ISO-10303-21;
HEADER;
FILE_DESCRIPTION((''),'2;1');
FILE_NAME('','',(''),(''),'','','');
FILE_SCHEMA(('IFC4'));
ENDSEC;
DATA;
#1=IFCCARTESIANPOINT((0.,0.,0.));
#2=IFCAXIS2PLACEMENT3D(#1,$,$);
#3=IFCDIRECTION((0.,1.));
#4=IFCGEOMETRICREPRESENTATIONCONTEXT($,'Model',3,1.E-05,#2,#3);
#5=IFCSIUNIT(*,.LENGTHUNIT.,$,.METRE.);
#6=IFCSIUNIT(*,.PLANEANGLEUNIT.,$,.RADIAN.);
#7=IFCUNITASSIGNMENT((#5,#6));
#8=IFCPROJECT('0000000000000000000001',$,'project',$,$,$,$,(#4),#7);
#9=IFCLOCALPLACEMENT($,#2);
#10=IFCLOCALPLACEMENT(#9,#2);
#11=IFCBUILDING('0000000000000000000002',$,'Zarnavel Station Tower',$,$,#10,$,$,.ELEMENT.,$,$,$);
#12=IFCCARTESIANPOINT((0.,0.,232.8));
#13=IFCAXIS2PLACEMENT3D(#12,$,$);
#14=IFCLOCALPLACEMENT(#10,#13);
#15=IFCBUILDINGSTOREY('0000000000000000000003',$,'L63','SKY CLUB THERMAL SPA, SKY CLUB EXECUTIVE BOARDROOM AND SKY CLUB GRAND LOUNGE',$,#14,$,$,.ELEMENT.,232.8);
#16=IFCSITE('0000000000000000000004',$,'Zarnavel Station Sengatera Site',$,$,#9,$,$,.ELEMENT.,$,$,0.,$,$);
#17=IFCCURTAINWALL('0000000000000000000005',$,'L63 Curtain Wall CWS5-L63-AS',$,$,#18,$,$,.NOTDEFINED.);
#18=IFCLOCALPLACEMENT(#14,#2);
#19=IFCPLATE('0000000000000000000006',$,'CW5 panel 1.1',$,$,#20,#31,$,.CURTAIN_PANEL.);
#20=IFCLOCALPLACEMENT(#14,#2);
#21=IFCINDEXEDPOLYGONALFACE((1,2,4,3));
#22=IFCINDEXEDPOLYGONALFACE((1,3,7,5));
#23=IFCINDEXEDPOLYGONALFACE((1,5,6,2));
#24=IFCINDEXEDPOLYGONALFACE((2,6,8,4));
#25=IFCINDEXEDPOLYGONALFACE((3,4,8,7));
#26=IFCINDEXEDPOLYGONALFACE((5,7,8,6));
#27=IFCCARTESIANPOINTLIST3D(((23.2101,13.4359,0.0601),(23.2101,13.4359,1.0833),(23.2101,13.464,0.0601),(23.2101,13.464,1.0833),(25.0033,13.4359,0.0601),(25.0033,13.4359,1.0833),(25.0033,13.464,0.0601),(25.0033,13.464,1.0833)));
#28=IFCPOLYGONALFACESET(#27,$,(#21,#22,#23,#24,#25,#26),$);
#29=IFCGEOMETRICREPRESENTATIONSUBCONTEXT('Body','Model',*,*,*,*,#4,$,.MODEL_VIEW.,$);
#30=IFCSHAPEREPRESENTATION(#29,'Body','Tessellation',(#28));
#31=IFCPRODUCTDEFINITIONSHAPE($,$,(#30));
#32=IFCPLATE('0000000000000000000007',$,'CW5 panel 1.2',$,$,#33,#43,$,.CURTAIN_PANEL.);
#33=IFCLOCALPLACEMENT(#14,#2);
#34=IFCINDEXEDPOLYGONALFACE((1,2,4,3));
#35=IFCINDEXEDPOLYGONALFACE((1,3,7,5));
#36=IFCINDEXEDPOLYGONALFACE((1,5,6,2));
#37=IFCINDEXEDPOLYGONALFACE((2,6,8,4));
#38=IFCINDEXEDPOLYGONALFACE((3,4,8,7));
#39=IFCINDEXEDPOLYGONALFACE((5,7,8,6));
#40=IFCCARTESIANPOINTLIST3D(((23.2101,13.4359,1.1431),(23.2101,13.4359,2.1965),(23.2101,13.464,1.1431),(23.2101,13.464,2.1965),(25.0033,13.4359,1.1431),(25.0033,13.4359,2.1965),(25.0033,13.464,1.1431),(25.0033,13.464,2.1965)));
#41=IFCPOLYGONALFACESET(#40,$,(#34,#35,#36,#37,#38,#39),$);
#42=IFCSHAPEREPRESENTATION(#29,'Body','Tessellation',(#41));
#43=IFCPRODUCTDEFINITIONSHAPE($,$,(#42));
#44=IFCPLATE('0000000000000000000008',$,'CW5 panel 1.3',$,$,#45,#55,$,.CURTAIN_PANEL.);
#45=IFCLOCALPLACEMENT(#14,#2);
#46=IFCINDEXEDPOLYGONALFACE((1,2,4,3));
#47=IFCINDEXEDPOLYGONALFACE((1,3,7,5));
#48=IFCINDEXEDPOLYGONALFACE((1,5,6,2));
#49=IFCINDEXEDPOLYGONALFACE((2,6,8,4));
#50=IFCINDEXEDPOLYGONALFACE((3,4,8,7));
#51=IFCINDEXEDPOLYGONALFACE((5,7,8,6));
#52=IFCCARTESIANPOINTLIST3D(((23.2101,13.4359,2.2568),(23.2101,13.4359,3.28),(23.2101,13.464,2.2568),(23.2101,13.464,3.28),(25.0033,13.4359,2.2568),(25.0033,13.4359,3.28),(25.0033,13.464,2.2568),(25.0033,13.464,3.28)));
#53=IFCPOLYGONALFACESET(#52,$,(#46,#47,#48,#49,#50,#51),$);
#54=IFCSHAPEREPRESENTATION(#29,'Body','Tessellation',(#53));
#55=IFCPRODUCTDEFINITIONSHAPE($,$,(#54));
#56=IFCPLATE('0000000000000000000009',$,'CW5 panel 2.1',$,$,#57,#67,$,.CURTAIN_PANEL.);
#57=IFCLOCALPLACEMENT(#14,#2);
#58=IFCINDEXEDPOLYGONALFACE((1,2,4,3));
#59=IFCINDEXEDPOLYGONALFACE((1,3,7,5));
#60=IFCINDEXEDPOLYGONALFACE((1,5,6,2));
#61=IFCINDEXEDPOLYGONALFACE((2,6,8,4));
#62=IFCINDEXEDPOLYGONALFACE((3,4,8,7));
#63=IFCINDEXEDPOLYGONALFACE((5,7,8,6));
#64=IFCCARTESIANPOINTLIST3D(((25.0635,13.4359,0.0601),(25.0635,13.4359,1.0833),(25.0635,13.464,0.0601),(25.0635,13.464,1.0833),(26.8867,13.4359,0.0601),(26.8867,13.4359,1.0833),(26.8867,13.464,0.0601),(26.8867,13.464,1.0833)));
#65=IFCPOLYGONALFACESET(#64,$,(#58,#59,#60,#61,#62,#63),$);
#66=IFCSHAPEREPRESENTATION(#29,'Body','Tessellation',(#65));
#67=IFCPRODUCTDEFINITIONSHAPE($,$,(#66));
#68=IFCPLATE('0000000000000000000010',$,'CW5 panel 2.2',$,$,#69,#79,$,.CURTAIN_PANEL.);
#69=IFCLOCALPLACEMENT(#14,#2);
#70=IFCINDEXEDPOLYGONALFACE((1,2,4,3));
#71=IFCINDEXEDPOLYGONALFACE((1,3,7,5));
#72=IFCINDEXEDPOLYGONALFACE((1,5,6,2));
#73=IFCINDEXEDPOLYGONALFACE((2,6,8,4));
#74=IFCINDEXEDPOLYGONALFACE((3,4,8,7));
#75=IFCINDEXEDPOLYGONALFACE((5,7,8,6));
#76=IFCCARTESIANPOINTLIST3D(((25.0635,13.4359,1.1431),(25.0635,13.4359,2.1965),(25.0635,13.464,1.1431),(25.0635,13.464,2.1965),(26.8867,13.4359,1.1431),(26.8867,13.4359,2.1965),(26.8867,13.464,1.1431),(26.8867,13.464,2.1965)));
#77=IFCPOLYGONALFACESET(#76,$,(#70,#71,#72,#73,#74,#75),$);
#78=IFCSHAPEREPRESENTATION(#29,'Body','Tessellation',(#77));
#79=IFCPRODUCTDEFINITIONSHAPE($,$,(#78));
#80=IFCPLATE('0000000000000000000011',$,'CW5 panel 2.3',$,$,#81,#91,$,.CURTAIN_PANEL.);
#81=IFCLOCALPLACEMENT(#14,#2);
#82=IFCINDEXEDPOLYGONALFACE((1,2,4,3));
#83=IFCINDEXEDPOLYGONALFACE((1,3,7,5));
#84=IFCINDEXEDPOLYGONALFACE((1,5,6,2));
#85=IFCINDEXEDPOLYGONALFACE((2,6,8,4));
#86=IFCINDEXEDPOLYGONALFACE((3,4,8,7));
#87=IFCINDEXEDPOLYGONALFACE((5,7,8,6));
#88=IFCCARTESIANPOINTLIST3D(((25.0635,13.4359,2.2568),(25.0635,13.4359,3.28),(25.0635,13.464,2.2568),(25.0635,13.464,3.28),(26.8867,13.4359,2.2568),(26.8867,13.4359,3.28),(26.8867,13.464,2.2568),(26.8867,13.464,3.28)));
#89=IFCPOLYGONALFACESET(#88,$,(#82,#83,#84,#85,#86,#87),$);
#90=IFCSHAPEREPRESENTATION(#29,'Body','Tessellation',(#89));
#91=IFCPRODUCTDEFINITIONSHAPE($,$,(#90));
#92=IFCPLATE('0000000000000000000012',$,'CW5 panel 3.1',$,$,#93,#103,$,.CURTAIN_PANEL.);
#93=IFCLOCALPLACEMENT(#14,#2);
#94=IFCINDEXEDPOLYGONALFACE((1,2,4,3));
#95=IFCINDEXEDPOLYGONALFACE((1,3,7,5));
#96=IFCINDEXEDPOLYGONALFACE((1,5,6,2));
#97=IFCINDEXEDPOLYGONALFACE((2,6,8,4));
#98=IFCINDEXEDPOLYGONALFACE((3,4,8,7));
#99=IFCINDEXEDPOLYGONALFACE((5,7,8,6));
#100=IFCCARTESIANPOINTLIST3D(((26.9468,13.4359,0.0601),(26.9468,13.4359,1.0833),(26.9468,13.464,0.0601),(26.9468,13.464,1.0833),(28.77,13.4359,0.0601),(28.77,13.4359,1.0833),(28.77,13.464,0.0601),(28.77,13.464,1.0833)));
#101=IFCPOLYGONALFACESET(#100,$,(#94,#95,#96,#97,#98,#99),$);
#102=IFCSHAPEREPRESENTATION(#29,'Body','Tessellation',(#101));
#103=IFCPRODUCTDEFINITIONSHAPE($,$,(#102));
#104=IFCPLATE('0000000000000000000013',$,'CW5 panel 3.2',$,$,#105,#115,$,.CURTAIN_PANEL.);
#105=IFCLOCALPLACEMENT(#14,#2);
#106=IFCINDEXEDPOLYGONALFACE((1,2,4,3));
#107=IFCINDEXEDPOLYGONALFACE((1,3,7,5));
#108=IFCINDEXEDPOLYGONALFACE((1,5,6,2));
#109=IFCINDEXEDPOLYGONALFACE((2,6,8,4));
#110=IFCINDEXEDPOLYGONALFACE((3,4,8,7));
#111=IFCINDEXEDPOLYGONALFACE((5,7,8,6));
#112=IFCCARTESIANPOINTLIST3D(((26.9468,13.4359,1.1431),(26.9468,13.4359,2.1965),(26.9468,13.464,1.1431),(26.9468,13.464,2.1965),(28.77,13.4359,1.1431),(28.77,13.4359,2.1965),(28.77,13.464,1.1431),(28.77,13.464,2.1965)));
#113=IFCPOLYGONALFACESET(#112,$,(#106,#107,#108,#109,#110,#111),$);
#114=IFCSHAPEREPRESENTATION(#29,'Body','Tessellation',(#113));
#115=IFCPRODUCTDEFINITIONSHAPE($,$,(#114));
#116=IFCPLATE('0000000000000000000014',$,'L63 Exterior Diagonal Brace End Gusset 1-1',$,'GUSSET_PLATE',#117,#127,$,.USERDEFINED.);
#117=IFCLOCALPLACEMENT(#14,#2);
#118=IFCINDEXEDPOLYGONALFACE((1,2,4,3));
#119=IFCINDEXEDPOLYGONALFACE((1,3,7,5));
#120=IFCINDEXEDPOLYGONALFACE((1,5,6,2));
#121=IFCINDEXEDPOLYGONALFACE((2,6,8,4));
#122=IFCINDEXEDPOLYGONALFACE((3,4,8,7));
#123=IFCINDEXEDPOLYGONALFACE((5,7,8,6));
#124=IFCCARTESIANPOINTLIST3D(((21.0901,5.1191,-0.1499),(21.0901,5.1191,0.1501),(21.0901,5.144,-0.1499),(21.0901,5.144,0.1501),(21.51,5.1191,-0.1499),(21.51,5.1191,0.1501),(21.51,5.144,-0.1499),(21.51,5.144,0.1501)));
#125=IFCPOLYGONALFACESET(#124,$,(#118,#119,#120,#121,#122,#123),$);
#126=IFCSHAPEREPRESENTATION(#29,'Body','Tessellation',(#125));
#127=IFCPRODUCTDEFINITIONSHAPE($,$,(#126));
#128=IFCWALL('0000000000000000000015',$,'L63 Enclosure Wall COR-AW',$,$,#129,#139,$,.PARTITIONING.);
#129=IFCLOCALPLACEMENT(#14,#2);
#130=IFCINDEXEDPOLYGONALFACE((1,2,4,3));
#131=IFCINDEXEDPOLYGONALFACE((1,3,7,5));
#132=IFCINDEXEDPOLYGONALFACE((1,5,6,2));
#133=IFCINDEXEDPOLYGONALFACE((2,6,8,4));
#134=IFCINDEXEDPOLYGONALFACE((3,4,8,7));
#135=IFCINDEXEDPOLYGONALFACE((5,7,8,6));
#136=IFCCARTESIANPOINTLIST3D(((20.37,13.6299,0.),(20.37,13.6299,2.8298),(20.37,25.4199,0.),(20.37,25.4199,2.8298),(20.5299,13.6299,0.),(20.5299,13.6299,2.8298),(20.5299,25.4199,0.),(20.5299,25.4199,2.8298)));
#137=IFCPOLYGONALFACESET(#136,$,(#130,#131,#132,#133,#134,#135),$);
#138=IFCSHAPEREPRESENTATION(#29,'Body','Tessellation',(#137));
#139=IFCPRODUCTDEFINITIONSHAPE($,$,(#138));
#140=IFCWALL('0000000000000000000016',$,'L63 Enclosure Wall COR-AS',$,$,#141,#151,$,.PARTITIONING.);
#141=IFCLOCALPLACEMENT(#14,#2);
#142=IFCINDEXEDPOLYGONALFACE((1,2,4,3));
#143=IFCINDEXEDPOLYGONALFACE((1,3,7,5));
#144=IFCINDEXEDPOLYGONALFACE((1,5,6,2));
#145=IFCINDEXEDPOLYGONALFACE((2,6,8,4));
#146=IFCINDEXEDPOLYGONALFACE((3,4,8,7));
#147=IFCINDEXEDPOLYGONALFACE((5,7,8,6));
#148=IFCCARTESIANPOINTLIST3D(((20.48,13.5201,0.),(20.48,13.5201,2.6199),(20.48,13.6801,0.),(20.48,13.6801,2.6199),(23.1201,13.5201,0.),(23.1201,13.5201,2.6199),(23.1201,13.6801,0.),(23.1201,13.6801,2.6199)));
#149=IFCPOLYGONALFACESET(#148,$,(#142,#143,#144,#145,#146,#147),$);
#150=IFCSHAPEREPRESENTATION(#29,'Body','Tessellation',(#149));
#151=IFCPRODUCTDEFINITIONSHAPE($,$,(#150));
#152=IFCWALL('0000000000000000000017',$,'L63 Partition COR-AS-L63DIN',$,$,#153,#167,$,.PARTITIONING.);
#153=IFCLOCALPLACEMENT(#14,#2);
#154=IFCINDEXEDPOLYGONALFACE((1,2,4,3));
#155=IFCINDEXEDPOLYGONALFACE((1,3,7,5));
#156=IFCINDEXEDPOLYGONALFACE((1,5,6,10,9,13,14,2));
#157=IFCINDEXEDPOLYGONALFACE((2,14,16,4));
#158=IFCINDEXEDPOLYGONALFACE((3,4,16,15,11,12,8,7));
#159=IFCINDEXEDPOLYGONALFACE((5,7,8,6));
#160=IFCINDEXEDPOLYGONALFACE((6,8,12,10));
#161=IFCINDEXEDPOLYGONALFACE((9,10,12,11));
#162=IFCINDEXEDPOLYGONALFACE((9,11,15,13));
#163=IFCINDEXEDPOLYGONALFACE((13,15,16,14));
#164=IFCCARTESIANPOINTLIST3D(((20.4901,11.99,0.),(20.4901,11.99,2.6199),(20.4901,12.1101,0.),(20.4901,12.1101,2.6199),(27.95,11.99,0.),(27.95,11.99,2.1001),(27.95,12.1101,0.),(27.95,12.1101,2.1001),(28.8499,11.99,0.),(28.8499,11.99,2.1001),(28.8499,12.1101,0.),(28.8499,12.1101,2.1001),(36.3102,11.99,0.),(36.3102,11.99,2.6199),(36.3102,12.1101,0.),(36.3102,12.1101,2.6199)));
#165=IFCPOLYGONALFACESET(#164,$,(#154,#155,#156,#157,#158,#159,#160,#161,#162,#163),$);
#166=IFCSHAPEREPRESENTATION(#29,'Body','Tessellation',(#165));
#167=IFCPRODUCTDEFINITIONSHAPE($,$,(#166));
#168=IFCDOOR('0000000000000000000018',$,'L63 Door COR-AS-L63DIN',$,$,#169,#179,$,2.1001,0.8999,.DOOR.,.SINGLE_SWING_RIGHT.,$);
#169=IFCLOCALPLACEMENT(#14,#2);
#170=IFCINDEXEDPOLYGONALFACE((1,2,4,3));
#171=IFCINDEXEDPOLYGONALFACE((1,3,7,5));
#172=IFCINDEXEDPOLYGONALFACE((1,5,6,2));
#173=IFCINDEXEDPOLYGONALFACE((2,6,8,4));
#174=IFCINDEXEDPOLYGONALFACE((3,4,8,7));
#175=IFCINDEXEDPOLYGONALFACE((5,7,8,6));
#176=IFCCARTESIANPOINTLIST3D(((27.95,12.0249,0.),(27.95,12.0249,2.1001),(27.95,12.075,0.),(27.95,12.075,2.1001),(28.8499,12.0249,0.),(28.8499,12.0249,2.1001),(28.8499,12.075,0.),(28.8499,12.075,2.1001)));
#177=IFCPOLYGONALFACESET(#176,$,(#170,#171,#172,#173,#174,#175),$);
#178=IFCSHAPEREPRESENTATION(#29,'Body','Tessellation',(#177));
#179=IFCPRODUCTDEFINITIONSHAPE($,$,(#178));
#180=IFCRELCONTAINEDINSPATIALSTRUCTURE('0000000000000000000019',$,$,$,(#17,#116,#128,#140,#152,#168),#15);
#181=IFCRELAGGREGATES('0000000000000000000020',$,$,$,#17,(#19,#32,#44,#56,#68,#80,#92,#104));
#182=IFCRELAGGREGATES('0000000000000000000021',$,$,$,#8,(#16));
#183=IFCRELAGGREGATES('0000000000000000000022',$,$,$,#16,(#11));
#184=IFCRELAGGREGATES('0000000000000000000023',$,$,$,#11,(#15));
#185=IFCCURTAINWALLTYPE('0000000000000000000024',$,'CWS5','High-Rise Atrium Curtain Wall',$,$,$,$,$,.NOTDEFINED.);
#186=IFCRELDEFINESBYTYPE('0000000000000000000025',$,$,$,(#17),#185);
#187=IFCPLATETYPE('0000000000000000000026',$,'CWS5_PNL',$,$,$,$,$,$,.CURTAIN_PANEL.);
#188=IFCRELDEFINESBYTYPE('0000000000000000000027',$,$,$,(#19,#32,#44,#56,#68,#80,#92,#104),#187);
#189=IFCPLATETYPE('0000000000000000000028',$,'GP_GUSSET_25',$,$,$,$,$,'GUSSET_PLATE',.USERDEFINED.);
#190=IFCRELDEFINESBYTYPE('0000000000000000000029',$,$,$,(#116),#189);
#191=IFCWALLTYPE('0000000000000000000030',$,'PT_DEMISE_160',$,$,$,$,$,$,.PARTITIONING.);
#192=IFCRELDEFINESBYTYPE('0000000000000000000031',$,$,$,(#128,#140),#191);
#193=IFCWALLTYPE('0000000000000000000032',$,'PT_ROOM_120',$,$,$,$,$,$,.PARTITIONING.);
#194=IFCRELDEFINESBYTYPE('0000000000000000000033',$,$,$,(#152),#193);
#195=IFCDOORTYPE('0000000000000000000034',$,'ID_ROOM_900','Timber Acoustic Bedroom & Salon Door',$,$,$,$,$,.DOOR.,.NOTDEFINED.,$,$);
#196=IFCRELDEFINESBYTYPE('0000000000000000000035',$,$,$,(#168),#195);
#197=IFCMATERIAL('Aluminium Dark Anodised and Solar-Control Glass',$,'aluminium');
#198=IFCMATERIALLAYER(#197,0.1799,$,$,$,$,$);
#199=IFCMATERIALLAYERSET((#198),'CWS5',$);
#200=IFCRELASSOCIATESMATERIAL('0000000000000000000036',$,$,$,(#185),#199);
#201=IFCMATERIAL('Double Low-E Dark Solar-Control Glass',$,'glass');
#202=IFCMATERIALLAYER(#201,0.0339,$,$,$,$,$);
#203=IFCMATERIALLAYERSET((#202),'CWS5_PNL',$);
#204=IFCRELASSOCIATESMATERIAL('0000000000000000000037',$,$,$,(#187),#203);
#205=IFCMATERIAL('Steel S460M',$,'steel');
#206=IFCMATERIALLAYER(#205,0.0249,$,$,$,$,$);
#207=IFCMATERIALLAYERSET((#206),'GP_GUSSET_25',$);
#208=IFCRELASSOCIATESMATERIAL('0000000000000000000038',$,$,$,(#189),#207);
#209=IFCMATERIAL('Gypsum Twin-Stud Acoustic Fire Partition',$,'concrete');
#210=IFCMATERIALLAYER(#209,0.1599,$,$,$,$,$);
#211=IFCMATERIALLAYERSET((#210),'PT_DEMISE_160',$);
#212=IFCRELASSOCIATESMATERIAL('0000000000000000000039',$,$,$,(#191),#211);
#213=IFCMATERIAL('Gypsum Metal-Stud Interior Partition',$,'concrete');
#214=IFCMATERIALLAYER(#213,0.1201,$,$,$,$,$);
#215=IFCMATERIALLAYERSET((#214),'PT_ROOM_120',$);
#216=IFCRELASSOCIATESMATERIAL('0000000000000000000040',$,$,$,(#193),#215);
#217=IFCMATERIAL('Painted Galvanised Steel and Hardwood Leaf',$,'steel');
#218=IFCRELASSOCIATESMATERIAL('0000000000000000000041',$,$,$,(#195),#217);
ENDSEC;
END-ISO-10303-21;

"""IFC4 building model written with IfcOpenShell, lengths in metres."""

from ifc_helpers import new_model, si_unit, direction, frame, frame_2d, origin, origin_2d, place, context, subcontext, project, spatial, rectangle, extrude, material, layer, layer_set, type_object, element, fill, aggregate, save


model = new_model("IFC4")

# Units and contexts
model_context = context("Model", 3, precision=1e-05, world=origin(), true_north=direction((0.0, 1.0)))
body_context = subcontext(model_context, "Body", "Model", "MODEL_VIEW")
ifc_project = project(units=[si_unit("LENGTHUNIT", "METRE"), si_unit("PLANEANGLEUNIT", "RADIAN")], contexts=[model_context])

# Site, building, storey
site_placement = place(None, origin())
site = spatial("IfcSite", under=ifc_project, at=site_placement, Name="Zarnavel Station Sengatera Site", CompositionType="ELEMENT", RefElevation=0.0)
building_placement = place(site_placement, origin())
building = spatial("IfcBuilding", under=site, at=building_placement, Name="Zarnavel Station Tower", CompositionType="ELEMENT")
storey_placement = place(building_placement, frame((0.0, 0.0, 232.8)))
storey = spatial("IfcBuildingStorey", under=building, at=storey_placement, Name="L63", Description="SKY CLUB THERMAL SPA, SKY CLUB EXECUTIVE BOARDROOM AND SKY CLUB GRAND LOUNGE", CompositionType="ELEMENT", Elevation=232.8)

# Curtain wall
ifc_material_1 = material(Name="Aluminium Dark Anodised and Solar-Control Glass", Category="aluminium")
ifc_layer_1 = layer(ifc_material_1, 0.1799)
ifc_layer_set_1 = layer_set([ifc_layer_1], Name="CWS5")
curtain_wall_type = type_object("IfcCurtainWallType", Name="CWS5", Description="High-Rise Atrium Curtain Wall", PredefinedType="NOTDEFINED", material=ifc_layer_set_1)
curtain_wall_placement = place(storey_placement, origin())
curtain_wall = element("IfcCurtainWall", 1, at=curtain_wall_placement, inside=storey, type_object=curtain_wall_type, Name="L63 Curtain Wall CWS5-L63-AS", PredefinedType="NOTDEFINED")

# Plates
ifc_material_2 = material(Name="Double Low-E Dark Solar-Control Glass", Category="glass")
ifc_layer_2 = layer(ifc_material_2, 0.0339)
ifc_layer_set_2 = layer_set([ifc_layer_2], Name="CWS5_PNL")
plate_type_1 = type_object("IfcPlateType", Name="CWS5_PNL", PredefinedType="CURTAIN_PANEL", material=ifc_layer_set_2)
plate_1_placement = place(storey_placement, frame((24.1067, 13.45, 0.0601), z_axis=(0.0, 0.0, 1.0), x_axis=(1.0, 0.0, 0.0)))
plate_1 = element("IfcPlate", 2, at=plate_1_placement, type_object=plate_type_1, Name="CW5 panel 1.1", PredefinedType="CURTAIN_PANEL", context=body_context, shape_type="SweptSolid", body=[
    extrude(rectangle(XDim=1.7932, YDim=0.0281, at=origin_2d()), origin(), (0.0, 0.0, 1.0), 1.0232),
])
plate_2_placement = place(storey_placement, frame((24.1067, 13.45, 1.1431), z_axis=(0.0, 0.0, 1.0), x_axis=(1.0, 0.0, 0.0)))
plate_2 = element("IfcPlate", 3, at=plate_2_placement, type_object=plate_type_1, Name="CW5 panel 1.2", PredefinedType="CURTAIN_PANEL", context=body_context, shape_type="SweptSolid", body=[
    extrude(rectangle(XDim=1.7932, YDim=0.0281, at=origin_2d()), origin(), (0.0, 0.0, 1.0), 1.0535),
])
plate_3_placement = place(storey_placement, frame((24.1067, 13.45, 2.2568), z_axis=(0.0, 0.0, 1.0), x_axis=(1.0, 0.0, 0.0)))
plate_3 = element("IfcPlate", 4, at=plate_3_placement, type_object=plate_type_1, Name="CW5 panel 1.3", PredefinedType="CURTAIN_PANEL", context=body_context, shape_type="SweptSolid", body=[
    extrude(rectangle(XDim=1.7932, YDim=0.0281, at=origin_2d()), origin(), (0.0, 0.0, 1.0), 1.0232),
])
plate_4_placement = place(storey_placement, frame((25.9751, 13.45, 0.0601), z_axis=(0.0, 0.0, 1.0), x_axis=(1.0, 0.0, 0.0)))
plate_4 = element("IfcPlate", 5, at=plate_4_placement, type_object=plate_type_1, Name="CW5 panel 2.1", PredefinedType="CURTAIN_PANEL", context=body_context, shape_type="SweptSolid", body=[
    extrude(rectangle(XDim=1.8232, YDim=0.0281, at=origin_2d()), origin(), (0.0, 0.0, 1.0), 1.0232),
])
plate_5_placement = place(storey_placement, frame((25.9751, 13.45, 1.1431), z_axis=(0.0, 0.0, 1.0), x_axis=(1.0, 0.0, 0.0)))
plate_5 = element("IfcPlate", 6, at=plate_5_placement, type_object=plate_type_1, Name="CW5 panel 2.2", PredefinedType="CURTAIN_PANEL", context=body_context, shape_type="SweptSolid", body=[
    extrude(rectangle(XDim=1.8232, YDim=0.0281, at=origin_2d()), origin(), (0.0, 0.0, 1.0), 1.0535),
])
plate_6_placement = place(storey_placement, frame((25.9751, 13.45, 2.2568), z_axis=(0.0, 0.0, 1.0), x_axis=(1.0, 0.0, 0.0)))
plate_6 = element("IfcPlate", 7, at=plate_6_placement, type_object=plate_type_1, Name="CW5 panel 2.3", PredefinedType="CURTAIN_PANEL", context=body_context, shape_type="SweptSolid", body=[
    extrude(rectangle(XDim=1.8232, YDim=0.0281, at=origin_2d()), origin(), (0.0, 0.0, 1.0), 1.0232),
])
plate_7_placement = place(storey_placement, frame((27.8584, 13.45, 0.0601), z_axis=(0.0, 0.0, 1.0), x_axis=(1.0, 0.0, 0.0)))
plate_7 = element("IfcPlate", 8, at=plate_7_placement, type_object=plate_type_1, Name="CW5 panel 3.1", PredefinedType="CURTAIN_PANEL", context=body_context, shape_type="SweptSolid", body=[
    extrude(rectangle(XDim=1.8232, YDim=0.0281, at=origin_2d()), origin(), (0.0, 0.0, 1.0), 1.0232),
])
plate_8_placement = place(storey_placement, frame((27.8584, 13.45, 1.1431), z_axis=(0.0, 0.0, 1.0), x_axis=(1.0, 0.0, 0.0)))
plate_8 = element("IfcPlate", 9, at=plate_8_placement, type_object=plate_type_1, Name="CW5 panel 3.2", PredefinedType="CURTAIN_PANEL", context=body_context, shape_type="SweptSolid", body=[
    extrude(rectangle(XDim=1.8232, YDim=0.0281, at=origin_2d()), origin(), (0.0, 0.0, 1.0), 1.0535),
])
aggregate(curtain_wall, [plate_1, plate_2, plate_3, plate_4, plate_5, plate_6, plate_7, plate_8])
ifc_material_3 = material(Name="Steel S460M", Category="steel")
ifc_layer_3 = layer(ifc_material_3, 0.0249)
ifc_layer_set_3 = layer_set([ifc_layer_3], Name="GP_GUSSET_25")
plate_type_2 = type_object("IfcPlateType", Name="GP_GUSSET_25", ElementType="GUSSET_PLATE", PredefinedType="USERDEFINED", material=ifc_layer_set_3)
plate_9_placement = place(storey_placement, frame((21.3, 5.1316, -0.1499), z_axis=(0.0, 0.0, 1.0), x_axis=(1.0, 0.0, 0.0)))
element("IfcPlate", 10, at=plate_9_placement, inside=storey, type_object=plate_type_2, Name="L63 Exterior Diagonal Brace End Gusset 1-1", ObjectType="GUSSET_PLATE", PredefinedType="USERDEFINED", context=body_context, shape_type="SweptSolid", body=[
    extrude(rectangle(XDim=0.4199, YDim=0.0249, at=origin_2d()), origin(), (0.0, 0.0, 1.0), 0.3),
])

# Walls
ifc_material_4 = material(Name="Gypsum Twin-Stud Acoustic Fire Partition", Category="concrete")
ifc_layer_4 = layer(ifc_material_4, 0.1599)
ifc_layer_set_4 = layer_set([ifc_layer_4], Name="PT_DEMISE_160")
wall_type_1 = type_object("IfcWallType", Name="PT_DEMISE_160", PredefinedType="PARTITIONING", material=ifc_layer_set_4)
wall_1_placement = place(storey_placement, frame((20.45, 13.6299, 0.0), z_axis=(0.0, 0.0, 1.0), x_axis=(0.0, 1.0, 0.0)))
element("IfcWall", 11, at=wall_1_placement, inside=storey, type_object=wall_type_1, Name="L63 Enclosure Wall COR-AW", PredefinedType="PARTITIONING", context=body_context, shape_type="SweptSolid", body=[
    extrude(rectangle(XDim=11.79, YDim=0.1599, at=frame_2d((5.895, 0.0))), origin(), (0.0, 0.0, 1.0), 2.8298),
])
wall_2_placement = place(storey_placement, frame((20.48, 13.6001, 0.0), z_axis=(0.0, 0.0, 1.0), x_axis=(1.0, 0.0, 0.0)))
element("IfcWall", 12, at=wall_2_placement, inside=storey, type_object=wall_type_1, Name="L63 Enclosure Wall COR-AS", PredefinedType="PARTITIONING", context=body_context, shape_type="SweptSolid", body=[
    extrude(rectangle(XDim=2.6401, YDim=0.1599, at=frame_2d((1.3201, 0.0))), origin(), (0.0, 0.0, 1.0), 2.6199),
])

# Wall, opening, door
ifc_material_5 = material(Name="Gypsum Metal-Stud Interior Partition", Category="concrete")
ifc_layer_5 = layer(ifc_material_5, 0.1201)
ifc_layer_set_5 = layer_set([ifc_layer_5], Name="PT_ROOM_120")
wall_type_2 = type_object("IfcWallType", Name="PT_ROOM_120", PredefinedType="PARTITIONING", material=ifc_layer_set_5)
wall_3_placement = place(storey_placement, frame((20.49, 12.05, 0.0), z_axis=(0.0, 0.0, 1.0), x_axis=(1.0, 0.0, 0.0)))
wall_3 = element("IfcWall", 13, at=wall_3_placement, inside=storey, type_object=wall_type_2, Name="L63 Partition COR-AS-L63DIN", PredefinedType="PARTITIONING", context=body_context, shape_type="SweptSolid", body=[
    extrude(rectangle(XDim=15.8201, YDim=0.1201, at=frame_2d((7.9102, 0.0))), origin(), (0.0, 0.0, 1.0), 2.6199),
])
opening_placement = place(wall_3_placement, frame((7.46, 0.0, 0.0)))
opening = element("IfcOpeningElement", 14, at=opening_placement, cuts=wall_3, PredefinedType="OPENING", context=body_context, shape_type="SweptSolid", body=[
    extrude(rectangle(XDim=0.8999, YDim=2.1001, at=frame_2d((0.45, 1.05))), frame((0.0, 0.0701, 0.0), z_axis=(0.0, -1.0, 0.0), x_axis=(1.0, 0.0, 0.0)), (0.0, 0.0, 1.0), 0.1401),
])
ifc_material_6 = material(Name="Painted Galvanised Steel and Hardwood Leaf", Category="steel")
door_type = type_object("IfcDoorType", Name="ID_ROOM_900", Description="Timber Acoustic Bedroom & Salon Door", OperationType="NOTDEFINED", PredefinedType="DOOR", material=ifc_material_6)
door_placement = place(opening_placement, origin())
door = element("IfcDoor", 15, at=door_placement, inside=storey, type_object=door_type, Name="L63 Door COR-AS-L63DIN", OperationType="SINGLE_SWING_RIGHT", OverallHeight=2.1001, OverallWidth=0.8999, PredefinedType="DOOR", context=body_context, shape_type="SweptSolid", body=[
    extrude(rectangle(XDim=0.8999, YDim=2.1001, at=frame_2d((0.45, 1.05))), frame((0.0, 0.0249, 0.0), z_axis=(0.0, -1.0, 0.0), x_axis=(1.0, 0.0, 0.0)), (0.0, 0.0, 1.0), 0.05),
])
fill(opening, door)

save(model, "model.ifc")
